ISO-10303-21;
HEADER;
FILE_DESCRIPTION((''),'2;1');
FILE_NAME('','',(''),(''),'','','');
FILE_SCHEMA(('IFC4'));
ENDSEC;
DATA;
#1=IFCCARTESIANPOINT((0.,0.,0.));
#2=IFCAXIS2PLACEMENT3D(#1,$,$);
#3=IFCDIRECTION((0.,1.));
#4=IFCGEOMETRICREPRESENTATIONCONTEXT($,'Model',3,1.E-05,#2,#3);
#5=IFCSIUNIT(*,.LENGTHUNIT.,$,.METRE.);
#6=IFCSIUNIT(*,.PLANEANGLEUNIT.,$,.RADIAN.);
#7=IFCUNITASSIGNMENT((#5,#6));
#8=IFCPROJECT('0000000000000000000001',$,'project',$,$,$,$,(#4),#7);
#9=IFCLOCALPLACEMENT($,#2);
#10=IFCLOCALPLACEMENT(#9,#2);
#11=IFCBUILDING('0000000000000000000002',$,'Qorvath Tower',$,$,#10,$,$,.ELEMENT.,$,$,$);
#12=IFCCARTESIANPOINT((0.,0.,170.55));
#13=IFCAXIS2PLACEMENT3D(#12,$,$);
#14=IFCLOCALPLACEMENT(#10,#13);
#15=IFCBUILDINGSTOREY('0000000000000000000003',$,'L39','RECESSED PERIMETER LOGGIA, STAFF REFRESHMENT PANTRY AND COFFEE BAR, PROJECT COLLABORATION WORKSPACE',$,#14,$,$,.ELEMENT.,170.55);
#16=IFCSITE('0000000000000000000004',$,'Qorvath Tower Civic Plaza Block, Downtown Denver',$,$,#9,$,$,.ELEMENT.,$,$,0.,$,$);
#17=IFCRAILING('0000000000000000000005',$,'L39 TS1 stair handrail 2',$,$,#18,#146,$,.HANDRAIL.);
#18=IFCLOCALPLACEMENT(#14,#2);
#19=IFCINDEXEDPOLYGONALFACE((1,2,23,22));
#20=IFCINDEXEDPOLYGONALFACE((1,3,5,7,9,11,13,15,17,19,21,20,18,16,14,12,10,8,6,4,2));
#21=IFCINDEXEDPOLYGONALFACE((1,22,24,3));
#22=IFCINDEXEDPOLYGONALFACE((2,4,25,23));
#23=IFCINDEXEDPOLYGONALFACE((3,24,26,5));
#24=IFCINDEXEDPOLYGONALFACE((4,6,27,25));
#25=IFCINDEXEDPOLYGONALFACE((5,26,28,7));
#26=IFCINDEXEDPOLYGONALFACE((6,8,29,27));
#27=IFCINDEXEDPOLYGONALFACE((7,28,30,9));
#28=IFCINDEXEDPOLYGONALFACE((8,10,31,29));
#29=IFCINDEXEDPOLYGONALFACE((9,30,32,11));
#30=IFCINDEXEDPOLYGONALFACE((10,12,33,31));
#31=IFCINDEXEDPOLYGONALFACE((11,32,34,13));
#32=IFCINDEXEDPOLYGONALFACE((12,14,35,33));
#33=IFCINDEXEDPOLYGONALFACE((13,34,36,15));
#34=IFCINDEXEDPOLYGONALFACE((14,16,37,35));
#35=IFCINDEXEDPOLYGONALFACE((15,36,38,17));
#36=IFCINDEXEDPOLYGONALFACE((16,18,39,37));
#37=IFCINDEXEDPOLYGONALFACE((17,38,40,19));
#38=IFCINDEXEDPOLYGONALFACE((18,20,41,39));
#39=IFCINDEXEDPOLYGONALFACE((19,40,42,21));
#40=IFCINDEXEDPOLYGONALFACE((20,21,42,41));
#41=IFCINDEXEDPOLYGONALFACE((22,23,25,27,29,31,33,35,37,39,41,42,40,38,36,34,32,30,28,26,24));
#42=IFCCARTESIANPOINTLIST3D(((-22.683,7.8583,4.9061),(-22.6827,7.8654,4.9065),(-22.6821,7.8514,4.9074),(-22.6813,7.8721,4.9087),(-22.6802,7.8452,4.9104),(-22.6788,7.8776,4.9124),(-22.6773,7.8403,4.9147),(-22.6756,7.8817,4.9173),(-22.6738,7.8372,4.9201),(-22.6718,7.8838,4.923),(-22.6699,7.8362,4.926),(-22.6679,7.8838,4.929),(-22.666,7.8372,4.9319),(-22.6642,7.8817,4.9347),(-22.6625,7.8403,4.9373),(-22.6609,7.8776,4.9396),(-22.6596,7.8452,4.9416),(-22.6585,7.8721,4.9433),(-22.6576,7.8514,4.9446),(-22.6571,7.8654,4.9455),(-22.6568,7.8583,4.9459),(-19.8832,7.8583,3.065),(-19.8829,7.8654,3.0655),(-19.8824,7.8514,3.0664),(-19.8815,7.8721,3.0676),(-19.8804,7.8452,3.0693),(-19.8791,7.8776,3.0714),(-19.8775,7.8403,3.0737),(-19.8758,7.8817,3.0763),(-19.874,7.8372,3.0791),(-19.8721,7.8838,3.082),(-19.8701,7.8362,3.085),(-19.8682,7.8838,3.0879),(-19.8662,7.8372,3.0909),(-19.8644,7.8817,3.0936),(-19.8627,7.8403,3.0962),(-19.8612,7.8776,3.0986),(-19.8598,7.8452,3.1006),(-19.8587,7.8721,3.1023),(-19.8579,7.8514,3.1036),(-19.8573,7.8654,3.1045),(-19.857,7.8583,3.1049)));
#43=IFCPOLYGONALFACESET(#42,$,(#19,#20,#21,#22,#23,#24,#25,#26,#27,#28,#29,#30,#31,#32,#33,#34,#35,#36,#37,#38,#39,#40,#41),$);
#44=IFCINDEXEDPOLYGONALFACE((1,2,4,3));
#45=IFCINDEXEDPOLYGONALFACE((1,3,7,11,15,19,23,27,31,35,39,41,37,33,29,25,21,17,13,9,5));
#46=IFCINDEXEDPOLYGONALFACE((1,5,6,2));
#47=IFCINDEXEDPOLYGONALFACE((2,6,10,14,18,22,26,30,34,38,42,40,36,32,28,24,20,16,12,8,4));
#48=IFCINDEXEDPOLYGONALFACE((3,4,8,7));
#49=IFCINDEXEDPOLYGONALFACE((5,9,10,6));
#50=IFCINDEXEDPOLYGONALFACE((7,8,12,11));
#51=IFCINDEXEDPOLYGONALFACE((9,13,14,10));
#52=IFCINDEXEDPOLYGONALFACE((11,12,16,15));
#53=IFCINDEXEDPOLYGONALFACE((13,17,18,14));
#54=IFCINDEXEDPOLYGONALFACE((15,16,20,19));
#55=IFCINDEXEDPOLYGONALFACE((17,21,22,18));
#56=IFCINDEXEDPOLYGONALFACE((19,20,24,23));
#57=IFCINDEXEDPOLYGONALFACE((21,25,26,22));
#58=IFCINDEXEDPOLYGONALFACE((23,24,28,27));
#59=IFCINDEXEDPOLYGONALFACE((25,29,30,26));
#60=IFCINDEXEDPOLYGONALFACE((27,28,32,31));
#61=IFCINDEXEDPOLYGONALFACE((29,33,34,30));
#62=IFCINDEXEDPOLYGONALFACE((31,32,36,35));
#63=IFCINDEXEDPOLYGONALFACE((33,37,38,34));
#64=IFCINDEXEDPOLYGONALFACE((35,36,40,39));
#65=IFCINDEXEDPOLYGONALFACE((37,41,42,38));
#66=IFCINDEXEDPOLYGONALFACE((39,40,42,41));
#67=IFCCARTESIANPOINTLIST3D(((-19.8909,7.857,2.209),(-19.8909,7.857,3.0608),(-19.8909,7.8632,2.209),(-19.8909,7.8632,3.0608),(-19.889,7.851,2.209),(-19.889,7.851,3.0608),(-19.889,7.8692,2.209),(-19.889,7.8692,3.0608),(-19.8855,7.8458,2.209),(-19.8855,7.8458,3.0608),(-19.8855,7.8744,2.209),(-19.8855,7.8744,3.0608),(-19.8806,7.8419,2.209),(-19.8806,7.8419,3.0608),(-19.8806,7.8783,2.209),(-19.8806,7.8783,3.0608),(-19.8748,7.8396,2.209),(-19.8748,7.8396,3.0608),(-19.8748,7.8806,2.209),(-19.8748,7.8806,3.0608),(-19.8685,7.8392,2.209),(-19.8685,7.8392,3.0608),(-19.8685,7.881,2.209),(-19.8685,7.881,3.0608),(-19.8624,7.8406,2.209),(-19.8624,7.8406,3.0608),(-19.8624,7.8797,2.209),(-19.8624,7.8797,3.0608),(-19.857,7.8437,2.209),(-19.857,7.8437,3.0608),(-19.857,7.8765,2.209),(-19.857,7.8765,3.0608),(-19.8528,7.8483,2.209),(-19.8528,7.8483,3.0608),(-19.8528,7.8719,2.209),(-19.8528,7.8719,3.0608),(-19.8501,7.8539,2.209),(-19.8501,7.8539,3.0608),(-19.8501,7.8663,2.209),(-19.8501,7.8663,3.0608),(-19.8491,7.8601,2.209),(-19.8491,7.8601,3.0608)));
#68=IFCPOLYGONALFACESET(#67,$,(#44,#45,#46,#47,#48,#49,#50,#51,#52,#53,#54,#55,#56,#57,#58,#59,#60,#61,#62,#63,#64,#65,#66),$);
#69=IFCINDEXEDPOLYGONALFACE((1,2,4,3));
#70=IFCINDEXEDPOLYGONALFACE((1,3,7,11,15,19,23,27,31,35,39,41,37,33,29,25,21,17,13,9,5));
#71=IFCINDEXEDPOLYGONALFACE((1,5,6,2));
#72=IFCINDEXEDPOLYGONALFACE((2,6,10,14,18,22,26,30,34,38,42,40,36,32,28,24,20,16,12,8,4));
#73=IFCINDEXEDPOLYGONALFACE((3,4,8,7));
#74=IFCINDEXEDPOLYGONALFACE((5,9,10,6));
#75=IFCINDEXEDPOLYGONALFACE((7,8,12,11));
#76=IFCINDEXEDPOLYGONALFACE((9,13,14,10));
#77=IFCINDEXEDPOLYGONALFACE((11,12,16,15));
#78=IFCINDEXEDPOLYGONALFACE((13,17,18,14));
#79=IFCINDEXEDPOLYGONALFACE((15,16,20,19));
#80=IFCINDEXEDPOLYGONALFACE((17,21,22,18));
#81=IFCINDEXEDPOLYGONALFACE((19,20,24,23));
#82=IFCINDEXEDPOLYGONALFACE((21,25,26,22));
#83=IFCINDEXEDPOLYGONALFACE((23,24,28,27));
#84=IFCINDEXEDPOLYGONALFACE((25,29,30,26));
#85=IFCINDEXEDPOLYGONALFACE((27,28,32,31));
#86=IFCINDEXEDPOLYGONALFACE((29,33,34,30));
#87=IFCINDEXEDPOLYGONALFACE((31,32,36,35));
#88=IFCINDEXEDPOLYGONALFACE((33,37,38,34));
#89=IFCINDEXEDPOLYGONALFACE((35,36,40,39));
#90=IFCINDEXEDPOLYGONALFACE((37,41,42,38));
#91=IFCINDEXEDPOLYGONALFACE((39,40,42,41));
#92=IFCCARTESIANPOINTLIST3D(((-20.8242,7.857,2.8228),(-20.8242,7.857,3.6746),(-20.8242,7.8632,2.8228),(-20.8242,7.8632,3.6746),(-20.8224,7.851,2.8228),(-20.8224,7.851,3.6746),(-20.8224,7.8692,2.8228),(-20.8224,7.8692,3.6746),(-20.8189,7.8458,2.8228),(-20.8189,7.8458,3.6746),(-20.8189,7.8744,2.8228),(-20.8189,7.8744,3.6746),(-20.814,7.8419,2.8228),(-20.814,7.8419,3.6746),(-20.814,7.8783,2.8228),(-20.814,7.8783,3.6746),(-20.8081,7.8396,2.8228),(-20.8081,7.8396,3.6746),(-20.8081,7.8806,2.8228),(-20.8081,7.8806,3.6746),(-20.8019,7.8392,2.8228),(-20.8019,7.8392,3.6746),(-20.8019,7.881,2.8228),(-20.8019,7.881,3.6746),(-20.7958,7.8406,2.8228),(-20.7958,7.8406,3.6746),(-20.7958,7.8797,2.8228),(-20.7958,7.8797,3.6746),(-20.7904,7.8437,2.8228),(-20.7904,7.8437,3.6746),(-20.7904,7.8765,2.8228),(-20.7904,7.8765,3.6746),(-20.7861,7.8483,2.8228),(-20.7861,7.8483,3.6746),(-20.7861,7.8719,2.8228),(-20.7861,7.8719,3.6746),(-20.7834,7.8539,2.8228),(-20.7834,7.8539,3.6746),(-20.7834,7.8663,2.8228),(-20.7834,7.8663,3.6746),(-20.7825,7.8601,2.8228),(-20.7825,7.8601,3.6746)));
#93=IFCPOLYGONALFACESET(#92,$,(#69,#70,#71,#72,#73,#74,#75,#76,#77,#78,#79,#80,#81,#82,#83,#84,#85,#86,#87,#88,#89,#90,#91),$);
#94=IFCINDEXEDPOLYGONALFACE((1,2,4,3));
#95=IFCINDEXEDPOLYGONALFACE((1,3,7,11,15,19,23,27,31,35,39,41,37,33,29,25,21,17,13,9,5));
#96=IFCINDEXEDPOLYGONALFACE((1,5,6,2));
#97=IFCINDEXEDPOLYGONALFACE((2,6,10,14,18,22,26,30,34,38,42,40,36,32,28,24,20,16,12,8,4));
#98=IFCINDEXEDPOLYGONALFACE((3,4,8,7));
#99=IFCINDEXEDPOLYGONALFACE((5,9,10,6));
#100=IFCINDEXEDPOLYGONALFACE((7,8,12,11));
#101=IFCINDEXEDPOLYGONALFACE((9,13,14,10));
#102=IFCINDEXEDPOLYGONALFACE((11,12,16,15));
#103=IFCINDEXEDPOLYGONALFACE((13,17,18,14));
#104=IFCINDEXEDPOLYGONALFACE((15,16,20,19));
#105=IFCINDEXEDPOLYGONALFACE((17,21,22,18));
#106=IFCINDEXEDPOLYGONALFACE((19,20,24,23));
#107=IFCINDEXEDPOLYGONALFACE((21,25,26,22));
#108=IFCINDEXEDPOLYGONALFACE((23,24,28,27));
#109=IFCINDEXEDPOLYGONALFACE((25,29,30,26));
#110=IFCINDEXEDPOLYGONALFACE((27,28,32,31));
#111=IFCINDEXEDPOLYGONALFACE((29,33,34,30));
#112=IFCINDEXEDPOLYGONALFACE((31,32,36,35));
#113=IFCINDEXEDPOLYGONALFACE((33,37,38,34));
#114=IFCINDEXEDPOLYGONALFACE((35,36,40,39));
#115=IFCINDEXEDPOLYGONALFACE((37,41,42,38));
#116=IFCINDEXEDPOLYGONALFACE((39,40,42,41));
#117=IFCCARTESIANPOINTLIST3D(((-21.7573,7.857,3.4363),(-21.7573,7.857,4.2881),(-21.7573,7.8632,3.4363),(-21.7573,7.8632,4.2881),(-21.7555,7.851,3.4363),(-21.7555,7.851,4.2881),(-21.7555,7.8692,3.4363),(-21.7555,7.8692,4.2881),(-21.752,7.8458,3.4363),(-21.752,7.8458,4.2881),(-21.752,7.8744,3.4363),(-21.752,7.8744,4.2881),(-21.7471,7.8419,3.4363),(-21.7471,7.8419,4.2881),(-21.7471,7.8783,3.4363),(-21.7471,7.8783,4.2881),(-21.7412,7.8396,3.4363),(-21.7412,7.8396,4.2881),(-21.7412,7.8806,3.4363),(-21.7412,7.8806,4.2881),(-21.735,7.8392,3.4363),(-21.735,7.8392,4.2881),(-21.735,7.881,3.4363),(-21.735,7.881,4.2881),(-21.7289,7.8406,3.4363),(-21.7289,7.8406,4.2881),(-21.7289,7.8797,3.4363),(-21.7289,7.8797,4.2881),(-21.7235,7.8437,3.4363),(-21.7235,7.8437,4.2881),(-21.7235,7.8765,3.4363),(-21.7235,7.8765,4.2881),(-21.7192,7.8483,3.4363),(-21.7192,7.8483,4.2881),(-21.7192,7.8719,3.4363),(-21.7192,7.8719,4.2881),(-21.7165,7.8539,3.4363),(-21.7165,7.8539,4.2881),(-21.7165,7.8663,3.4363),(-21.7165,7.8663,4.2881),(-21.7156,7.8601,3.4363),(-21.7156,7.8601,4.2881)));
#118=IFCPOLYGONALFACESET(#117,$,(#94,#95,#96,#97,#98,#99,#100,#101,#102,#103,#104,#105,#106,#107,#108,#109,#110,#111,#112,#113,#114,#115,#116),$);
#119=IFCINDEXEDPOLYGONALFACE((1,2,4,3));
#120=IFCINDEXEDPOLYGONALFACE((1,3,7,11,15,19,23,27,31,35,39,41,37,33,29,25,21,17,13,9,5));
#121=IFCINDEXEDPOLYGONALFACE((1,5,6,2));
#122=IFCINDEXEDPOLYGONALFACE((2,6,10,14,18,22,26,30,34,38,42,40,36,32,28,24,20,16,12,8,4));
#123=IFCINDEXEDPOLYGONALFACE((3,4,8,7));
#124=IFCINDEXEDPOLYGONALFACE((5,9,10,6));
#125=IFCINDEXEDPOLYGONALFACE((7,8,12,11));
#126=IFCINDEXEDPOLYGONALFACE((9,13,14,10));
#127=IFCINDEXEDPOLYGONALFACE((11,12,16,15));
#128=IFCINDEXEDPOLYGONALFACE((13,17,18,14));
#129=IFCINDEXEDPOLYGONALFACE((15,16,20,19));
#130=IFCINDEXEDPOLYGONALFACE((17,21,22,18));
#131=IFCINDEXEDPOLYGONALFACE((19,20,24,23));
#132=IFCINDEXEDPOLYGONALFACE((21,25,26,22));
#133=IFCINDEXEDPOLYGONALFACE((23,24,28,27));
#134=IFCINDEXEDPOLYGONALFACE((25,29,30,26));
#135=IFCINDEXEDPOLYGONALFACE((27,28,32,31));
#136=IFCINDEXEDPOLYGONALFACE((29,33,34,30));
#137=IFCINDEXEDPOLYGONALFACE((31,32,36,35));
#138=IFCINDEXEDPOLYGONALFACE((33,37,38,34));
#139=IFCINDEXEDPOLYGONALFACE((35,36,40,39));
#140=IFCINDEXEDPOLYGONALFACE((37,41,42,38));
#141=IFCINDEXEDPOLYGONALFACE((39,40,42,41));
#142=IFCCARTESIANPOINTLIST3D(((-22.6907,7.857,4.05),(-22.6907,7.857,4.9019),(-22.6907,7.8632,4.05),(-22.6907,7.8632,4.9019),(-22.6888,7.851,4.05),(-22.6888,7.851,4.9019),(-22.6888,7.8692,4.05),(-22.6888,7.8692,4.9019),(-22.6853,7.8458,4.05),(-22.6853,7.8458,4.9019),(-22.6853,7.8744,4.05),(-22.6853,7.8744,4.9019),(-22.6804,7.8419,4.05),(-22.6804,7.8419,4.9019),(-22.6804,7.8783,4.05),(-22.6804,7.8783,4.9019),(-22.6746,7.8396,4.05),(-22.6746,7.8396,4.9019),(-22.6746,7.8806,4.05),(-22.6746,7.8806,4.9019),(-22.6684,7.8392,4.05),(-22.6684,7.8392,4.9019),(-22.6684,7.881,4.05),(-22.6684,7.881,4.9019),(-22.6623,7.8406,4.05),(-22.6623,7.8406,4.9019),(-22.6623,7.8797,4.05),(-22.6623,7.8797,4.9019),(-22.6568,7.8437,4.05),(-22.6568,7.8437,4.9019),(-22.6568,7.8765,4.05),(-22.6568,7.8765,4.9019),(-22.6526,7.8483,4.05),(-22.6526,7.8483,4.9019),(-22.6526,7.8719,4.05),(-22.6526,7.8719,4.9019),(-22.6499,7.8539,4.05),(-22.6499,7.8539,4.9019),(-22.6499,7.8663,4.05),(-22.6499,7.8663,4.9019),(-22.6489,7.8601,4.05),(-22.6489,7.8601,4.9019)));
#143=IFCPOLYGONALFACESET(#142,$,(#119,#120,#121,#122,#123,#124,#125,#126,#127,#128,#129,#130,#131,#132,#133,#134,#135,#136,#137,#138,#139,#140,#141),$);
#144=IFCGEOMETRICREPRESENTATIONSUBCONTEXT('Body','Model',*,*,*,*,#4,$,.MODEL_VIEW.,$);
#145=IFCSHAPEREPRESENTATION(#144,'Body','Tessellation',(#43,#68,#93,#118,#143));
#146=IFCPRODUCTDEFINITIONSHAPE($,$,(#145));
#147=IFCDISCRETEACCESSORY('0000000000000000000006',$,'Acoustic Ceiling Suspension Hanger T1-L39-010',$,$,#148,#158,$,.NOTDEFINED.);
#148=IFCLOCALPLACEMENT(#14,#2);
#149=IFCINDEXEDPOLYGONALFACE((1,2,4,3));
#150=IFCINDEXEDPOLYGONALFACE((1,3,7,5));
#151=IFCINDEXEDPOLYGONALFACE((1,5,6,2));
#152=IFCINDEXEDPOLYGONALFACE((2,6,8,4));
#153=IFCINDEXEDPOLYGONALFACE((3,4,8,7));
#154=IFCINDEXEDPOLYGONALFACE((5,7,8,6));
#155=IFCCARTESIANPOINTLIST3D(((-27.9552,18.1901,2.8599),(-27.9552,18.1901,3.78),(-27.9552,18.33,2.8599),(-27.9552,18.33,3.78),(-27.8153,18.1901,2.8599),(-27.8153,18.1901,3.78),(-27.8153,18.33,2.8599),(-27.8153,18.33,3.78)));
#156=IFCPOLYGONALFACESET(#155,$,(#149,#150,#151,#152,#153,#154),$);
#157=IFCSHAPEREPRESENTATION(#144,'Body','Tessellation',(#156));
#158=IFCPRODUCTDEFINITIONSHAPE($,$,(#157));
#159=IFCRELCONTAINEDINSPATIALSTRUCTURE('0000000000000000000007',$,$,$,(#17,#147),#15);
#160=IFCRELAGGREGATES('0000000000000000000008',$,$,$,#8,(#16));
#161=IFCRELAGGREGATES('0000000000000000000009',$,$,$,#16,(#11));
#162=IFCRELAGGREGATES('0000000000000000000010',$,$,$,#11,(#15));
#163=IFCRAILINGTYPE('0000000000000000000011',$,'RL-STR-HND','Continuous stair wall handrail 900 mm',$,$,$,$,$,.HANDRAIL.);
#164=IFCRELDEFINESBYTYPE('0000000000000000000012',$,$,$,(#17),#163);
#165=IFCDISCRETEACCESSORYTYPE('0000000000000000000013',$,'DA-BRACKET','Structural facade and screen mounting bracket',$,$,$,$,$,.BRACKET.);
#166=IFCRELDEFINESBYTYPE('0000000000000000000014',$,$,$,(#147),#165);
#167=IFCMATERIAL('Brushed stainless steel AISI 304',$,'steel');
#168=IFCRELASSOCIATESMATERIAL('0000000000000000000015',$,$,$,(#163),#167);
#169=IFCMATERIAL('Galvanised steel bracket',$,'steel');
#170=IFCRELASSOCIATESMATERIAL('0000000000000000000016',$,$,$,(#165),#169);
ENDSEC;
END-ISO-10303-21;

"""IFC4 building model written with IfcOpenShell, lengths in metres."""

from ifc_helpers import new_model, si_unit, direction, frame, origin, origin_2d, place, context, subcontext, project, spatial, rectangle, circle, extrude, material, type_object, element, save


model = new_model("IFC4")

# Units and contexts
model_context = context("Model", 3, precision=1e-05, world=origin(), true_north=direction((0.0, 1.0)))
body_context = subcontext(model_context, "Body", "Model", "MODEL_VIEW")
ifc_project = project(units=[si_unit("LENGTHUNIT", "METRE"), si_unit("PLANEANGLEUNIT", "RADIAN")], contexts=[model_context])

# Site, building, storey
site_placement = place(None, origin())
site = spatial("IfcSite", under=ifc_project, at=site_placement, Name="Qorvath Tower Civic Plaza Block, Downtown Denver", CompositionType="ELEMENT", RefElevation=0.0)
building_placement = place(site_placement, origin())
building = spatial("IfcBuilding", under=site, at=building_placement, Name="Qorvath Tower", CompositionType="ELEMENT")
storey_placement = place(building_placement, frame((0.0, 0.0, 170.55)))
storey = spatial("IfcBuildingStorey", under=building, at=storey_placement, Name="L39", Description="RECESSED PERIMETER LOGGIA, STAFF REFRESHMENT PANTRY AND COFFEE BAR, PROJECT COLLABORATION WORKSPACE", CompositionType="ELEMENT", Elevation=170.55)

# Railing
ifc_material_1 = material(Name="Brushed stainless steel AISI 304", Category="steel")
railing_type = type_object("IfcRailingType", Name="RL-STR-HND", Description="Continuous stair wall handrail 900 mm", PredefinedType="HANDRAIL", material=ifc_material_1)
railing_placement = place(storey_placement, frame((-19.8701, 7.8601, 2.209)))
element("IfcRailing", 1, at=railing_placement, inside=storey, type_object=railing_type, Name="L39 TS1 stair handrail 2", PredefinedType="HANDRAIL", context=body_context, shape_type="SweptSolid", body=[
    extrude(circle(Radius=0.0239, at=origin_2d()), frame((0.0, 0.0, 0.876), z_axis=(-0.835542, 0.0, 0.549426), x_axis=(0.0, -1.0, 0.0)), (0.0, 0.0, 1.0), 3.3508),
    extrude(circle(Radius=0.021, at=origin_2d()), origin(), (0.0, 0.0, 1.0), 0.8518),
    extrude(circle(Radius=0.021, at=origin_2d()), frame((-0.9333, 0.0, 0.6138)), (0.0, 0.0, 1.0), 0.8518),
    extrude(circle(Radius=0.021, at=origin_2d()), frame((-1.8665, 0.0, 1.2273)), (0.0, 0.0, 1.0), 0.8518),
    extrude(circle(Radius=0.021, at=origin_2d()), frame((-2.7998, 0.0, 1.8411)), (0.0, 0.0, 1.0), 0.8518),
])

# Discrete accessory
ifc_material_2 = material(Name="Galvanised steel bracket", Category="steel")
discrete_accessory_type = type_object("IfcDiscreteAccessoryType", Name="DA-BRACKET", Description="Structural facade and screen mounting bracket", PredefinedType="BRACKET", material=ifc_material_2)
discrete_accessory_placement = place(storey_placement, frame((-27.8853, 18.26, 2.8599), z_axis=(0.0, 0.0, 1.0), x_axis=(1.0, 0.0, 0.0)))
element("IfcDiscreteAccessory", 2, at=discrete_accessory_placement, inside=storey, type_object=discrete_accessory_type, Name="Acoustic Ceiling Suspension Hanger T1-L39-010", PredefinedType="NOTDEFINED", context=body_context, shape_type="SweptSolid", body=[
    extrude(rectangle(XDim=0.1399, YDim=0.1399, at=origin_2d()), origin(), (0.0, 0.0, 1.0), 0.9202),
])

save(model, "model.ifc")
